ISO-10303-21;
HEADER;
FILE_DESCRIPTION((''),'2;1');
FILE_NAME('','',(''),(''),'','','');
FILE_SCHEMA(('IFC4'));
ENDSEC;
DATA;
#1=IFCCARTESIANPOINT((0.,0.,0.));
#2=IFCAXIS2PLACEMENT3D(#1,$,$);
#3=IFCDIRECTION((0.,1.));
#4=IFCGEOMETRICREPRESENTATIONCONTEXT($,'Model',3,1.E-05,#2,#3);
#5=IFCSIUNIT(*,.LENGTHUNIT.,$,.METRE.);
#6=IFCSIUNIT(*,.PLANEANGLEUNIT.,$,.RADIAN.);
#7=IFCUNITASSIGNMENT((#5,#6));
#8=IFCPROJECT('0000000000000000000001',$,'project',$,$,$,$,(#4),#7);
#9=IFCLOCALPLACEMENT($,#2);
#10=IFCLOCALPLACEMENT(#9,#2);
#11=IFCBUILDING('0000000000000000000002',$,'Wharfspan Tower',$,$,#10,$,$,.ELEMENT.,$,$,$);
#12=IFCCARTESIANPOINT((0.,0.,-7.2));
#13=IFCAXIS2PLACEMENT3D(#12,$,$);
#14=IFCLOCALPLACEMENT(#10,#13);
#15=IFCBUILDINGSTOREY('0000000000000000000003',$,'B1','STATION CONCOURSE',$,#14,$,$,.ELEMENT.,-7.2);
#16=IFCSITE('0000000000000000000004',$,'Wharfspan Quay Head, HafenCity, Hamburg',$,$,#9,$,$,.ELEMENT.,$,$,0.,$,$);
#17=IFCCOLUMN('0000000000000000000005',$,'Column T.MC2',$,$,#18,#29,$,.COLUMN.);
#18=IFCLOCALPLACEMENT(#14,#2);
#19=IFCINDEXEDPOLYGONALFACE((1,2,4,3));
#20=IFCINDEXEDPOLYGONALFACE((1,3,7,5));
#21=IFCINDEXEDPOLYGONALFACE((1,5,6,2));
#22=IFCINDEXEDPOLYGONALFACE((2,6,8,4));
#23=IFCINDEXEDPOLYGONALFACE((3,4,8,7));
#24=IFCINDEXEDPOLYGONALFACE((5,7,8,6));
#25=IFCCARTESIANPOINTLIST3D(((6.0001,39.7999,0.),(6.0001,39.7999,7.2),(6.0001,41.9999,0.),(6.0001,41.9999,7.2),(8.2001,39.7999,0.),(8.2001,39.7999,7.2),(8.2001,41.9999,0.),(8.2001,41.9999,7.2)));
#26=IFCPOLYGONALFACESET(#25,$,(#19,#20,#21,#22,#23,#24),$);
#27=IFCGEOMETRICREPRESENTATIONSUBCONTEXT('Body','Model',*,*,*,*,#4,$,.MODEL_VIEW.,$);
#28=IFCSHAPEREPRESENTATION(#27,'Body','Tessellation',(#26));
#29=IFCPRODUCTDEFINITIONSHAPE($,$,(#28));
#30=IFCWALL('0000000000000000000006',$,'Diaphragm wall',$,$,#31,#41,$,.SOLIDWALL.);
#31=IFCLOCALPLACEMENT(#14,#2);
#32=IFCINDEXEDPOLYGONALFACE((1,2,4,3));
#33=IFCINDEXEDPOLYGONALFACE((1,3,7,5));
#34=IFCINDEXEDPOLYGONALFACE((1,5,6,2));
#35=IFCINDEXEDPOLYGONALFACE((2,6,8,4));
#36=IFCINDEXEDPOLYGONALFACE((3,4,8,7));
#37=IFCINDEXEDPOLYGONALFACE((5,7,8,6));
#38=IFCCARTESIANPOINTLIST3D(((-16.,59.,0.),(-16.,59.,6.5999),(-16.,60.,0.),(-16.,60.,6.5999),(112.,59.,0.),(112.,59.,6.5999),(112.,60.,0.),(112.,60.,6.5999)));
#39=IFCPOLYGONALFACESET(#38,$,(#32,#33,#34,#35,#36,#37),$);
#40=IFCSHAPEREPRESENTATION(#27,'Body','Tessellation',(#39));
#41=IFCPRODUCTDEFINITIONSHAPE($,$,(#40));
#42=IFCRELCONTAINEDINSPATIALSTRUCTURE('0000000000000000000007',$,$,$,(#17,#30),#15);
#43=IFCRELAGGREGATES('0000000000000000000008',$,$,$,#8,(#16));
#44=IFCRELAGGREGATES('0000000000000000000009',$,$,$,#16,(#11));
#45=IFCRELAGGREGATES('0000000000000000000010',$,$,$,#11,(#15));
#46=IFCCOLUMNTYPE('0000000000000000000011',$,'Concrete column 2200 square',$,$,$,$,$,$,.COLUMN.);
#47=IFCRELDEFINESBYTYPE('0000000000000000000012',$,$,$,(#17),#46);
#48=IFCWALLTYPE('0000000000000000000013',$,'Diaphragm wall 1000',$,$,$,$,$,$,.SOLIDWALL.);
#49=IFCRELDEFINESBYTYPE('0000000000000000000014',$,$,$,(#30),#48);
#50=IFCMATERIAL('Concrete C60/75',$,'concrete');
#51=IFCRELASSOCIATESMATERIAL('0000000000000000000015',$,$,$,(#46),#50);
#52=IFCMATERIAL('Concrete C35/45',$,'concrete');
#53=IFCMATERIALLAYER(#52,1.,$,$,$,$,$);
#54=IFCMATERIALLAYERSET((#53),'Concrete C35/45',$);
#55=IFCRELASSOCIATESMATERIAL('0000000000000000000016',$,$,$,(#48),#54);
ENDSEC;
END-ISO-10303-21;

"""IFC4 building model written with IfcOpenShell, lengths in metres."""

from ifc_helpers import new_model, si_unit, direction, frame, frame_2d, origin, origin_2d, place, context, subcontext, project, spatial, rectangle, extrude, material, layer, layer_set, material_profile, profile_set, type_object, element, save


model = new_model("IFC4")

# Units and contexts
model_context = context("Model", 3, precision=1e-05, world=origin(), true_north=direction((0.0, 1.0)))
body_context = subcontext(model_context, "Body", "Model", "MODEL_VIEW")
ifc_project = project(units=[si_unit("LENGTHUNIT", "METRE"), si_unit("PLANEANGLEUNIT", "RADIAN")], contexts=[model_context])

# Site, building, storey
site_placement = place(None, origin())
site = spatial("IfcSite", under=ifc_project, at=site_placement, Name="Wharfspan Quay Head, HafenCity, Hamburg", CompositionType="ELEMENT", RefElevation=0.0)
building_placement = place(site_placement, origin())
building = spatial("IfcBuilding", under=site, at=building_placement, Name="Wharfspan Tower", CompositionType="ELEMENT")
storey_placement = place(building_placement, frame((0.0, 0.0, -7.2)))
storey = spatial("IfcBuildingStorey", under=building, at=storey_placement, Name="B1", Description="STATION CONCOURSE", CompositionType="ELEMENT", Elevation=-7.2)

# Shared definitions
ifc_material_1 = material(Name="Concrete C35/45", Category="concrete")

# Column
ifc_material_2 = material(Name="Concrete C60/75", Category="concrete")
ifc_material_profile_1 = material_profile(ifc_material_2, rectangle(XDim=2.2, YDim=2.2, at=origin_2d()))
ifc_profile_set_1 = profile_set([ifc_material_profile_1], Name="Concrete C60/75")
column_type_1 = type_object("IfcColumnType", Name="Concrete column 2200 square", PredefinedType="COLUMN", material=ifc_profile_set_1)
column_placement = place(storey_placement, frame((7.1001, 40.8999, 0.0), z_axis=(0.0, 0.0, 1.0), x_axis=(1.0, 0.0, 0.0)))
element("IfcColumn", 1, at=column_placement, inside=storey, type_object=column_type_1, Name="Column T.MC2", PredefinedType="COLUMN", context=body_context, shape_type="SweptSolid", body=[
    extrude(rectangle(XDim=2.2, YDim=2.2, at=origin_2d()), origin(), (0.0, 0.0, 1.0), 7.2),
])

# Wall
ifc_layer = layer(ifc_material_1, 1.0)
ifc_layer_set = layer_set([ifc_layer], Name="Concrete C35/45")
wall_type = type_object("IfcWallType", Name="Diaphragm wall 1000", PredefinedType="SOLIDWALL", material=ifc_layer_set)
wall_placement = place(storey_placement, frame((-16.0, 59.5, 0.0), z_axis=(0.0, 0.0, 1.0), x_axis=(1.0, 0.0, 0.0)))
element("IfcWall", 2, at=wall_placement, inside=storey, type_object=wall_type, Name="Diaphragm wall", PredefinedType="SOLIDWALL", context=body_context, shape_type="SweptSolid", body=[
    extrude(rectangle(XDim=128.0, YDim=1.0, at=frame_2d((64.0, 0.0))), origin(), (0.0, 0.0, 1.0), 6.5999),
])

save(model, "model.ifc")
